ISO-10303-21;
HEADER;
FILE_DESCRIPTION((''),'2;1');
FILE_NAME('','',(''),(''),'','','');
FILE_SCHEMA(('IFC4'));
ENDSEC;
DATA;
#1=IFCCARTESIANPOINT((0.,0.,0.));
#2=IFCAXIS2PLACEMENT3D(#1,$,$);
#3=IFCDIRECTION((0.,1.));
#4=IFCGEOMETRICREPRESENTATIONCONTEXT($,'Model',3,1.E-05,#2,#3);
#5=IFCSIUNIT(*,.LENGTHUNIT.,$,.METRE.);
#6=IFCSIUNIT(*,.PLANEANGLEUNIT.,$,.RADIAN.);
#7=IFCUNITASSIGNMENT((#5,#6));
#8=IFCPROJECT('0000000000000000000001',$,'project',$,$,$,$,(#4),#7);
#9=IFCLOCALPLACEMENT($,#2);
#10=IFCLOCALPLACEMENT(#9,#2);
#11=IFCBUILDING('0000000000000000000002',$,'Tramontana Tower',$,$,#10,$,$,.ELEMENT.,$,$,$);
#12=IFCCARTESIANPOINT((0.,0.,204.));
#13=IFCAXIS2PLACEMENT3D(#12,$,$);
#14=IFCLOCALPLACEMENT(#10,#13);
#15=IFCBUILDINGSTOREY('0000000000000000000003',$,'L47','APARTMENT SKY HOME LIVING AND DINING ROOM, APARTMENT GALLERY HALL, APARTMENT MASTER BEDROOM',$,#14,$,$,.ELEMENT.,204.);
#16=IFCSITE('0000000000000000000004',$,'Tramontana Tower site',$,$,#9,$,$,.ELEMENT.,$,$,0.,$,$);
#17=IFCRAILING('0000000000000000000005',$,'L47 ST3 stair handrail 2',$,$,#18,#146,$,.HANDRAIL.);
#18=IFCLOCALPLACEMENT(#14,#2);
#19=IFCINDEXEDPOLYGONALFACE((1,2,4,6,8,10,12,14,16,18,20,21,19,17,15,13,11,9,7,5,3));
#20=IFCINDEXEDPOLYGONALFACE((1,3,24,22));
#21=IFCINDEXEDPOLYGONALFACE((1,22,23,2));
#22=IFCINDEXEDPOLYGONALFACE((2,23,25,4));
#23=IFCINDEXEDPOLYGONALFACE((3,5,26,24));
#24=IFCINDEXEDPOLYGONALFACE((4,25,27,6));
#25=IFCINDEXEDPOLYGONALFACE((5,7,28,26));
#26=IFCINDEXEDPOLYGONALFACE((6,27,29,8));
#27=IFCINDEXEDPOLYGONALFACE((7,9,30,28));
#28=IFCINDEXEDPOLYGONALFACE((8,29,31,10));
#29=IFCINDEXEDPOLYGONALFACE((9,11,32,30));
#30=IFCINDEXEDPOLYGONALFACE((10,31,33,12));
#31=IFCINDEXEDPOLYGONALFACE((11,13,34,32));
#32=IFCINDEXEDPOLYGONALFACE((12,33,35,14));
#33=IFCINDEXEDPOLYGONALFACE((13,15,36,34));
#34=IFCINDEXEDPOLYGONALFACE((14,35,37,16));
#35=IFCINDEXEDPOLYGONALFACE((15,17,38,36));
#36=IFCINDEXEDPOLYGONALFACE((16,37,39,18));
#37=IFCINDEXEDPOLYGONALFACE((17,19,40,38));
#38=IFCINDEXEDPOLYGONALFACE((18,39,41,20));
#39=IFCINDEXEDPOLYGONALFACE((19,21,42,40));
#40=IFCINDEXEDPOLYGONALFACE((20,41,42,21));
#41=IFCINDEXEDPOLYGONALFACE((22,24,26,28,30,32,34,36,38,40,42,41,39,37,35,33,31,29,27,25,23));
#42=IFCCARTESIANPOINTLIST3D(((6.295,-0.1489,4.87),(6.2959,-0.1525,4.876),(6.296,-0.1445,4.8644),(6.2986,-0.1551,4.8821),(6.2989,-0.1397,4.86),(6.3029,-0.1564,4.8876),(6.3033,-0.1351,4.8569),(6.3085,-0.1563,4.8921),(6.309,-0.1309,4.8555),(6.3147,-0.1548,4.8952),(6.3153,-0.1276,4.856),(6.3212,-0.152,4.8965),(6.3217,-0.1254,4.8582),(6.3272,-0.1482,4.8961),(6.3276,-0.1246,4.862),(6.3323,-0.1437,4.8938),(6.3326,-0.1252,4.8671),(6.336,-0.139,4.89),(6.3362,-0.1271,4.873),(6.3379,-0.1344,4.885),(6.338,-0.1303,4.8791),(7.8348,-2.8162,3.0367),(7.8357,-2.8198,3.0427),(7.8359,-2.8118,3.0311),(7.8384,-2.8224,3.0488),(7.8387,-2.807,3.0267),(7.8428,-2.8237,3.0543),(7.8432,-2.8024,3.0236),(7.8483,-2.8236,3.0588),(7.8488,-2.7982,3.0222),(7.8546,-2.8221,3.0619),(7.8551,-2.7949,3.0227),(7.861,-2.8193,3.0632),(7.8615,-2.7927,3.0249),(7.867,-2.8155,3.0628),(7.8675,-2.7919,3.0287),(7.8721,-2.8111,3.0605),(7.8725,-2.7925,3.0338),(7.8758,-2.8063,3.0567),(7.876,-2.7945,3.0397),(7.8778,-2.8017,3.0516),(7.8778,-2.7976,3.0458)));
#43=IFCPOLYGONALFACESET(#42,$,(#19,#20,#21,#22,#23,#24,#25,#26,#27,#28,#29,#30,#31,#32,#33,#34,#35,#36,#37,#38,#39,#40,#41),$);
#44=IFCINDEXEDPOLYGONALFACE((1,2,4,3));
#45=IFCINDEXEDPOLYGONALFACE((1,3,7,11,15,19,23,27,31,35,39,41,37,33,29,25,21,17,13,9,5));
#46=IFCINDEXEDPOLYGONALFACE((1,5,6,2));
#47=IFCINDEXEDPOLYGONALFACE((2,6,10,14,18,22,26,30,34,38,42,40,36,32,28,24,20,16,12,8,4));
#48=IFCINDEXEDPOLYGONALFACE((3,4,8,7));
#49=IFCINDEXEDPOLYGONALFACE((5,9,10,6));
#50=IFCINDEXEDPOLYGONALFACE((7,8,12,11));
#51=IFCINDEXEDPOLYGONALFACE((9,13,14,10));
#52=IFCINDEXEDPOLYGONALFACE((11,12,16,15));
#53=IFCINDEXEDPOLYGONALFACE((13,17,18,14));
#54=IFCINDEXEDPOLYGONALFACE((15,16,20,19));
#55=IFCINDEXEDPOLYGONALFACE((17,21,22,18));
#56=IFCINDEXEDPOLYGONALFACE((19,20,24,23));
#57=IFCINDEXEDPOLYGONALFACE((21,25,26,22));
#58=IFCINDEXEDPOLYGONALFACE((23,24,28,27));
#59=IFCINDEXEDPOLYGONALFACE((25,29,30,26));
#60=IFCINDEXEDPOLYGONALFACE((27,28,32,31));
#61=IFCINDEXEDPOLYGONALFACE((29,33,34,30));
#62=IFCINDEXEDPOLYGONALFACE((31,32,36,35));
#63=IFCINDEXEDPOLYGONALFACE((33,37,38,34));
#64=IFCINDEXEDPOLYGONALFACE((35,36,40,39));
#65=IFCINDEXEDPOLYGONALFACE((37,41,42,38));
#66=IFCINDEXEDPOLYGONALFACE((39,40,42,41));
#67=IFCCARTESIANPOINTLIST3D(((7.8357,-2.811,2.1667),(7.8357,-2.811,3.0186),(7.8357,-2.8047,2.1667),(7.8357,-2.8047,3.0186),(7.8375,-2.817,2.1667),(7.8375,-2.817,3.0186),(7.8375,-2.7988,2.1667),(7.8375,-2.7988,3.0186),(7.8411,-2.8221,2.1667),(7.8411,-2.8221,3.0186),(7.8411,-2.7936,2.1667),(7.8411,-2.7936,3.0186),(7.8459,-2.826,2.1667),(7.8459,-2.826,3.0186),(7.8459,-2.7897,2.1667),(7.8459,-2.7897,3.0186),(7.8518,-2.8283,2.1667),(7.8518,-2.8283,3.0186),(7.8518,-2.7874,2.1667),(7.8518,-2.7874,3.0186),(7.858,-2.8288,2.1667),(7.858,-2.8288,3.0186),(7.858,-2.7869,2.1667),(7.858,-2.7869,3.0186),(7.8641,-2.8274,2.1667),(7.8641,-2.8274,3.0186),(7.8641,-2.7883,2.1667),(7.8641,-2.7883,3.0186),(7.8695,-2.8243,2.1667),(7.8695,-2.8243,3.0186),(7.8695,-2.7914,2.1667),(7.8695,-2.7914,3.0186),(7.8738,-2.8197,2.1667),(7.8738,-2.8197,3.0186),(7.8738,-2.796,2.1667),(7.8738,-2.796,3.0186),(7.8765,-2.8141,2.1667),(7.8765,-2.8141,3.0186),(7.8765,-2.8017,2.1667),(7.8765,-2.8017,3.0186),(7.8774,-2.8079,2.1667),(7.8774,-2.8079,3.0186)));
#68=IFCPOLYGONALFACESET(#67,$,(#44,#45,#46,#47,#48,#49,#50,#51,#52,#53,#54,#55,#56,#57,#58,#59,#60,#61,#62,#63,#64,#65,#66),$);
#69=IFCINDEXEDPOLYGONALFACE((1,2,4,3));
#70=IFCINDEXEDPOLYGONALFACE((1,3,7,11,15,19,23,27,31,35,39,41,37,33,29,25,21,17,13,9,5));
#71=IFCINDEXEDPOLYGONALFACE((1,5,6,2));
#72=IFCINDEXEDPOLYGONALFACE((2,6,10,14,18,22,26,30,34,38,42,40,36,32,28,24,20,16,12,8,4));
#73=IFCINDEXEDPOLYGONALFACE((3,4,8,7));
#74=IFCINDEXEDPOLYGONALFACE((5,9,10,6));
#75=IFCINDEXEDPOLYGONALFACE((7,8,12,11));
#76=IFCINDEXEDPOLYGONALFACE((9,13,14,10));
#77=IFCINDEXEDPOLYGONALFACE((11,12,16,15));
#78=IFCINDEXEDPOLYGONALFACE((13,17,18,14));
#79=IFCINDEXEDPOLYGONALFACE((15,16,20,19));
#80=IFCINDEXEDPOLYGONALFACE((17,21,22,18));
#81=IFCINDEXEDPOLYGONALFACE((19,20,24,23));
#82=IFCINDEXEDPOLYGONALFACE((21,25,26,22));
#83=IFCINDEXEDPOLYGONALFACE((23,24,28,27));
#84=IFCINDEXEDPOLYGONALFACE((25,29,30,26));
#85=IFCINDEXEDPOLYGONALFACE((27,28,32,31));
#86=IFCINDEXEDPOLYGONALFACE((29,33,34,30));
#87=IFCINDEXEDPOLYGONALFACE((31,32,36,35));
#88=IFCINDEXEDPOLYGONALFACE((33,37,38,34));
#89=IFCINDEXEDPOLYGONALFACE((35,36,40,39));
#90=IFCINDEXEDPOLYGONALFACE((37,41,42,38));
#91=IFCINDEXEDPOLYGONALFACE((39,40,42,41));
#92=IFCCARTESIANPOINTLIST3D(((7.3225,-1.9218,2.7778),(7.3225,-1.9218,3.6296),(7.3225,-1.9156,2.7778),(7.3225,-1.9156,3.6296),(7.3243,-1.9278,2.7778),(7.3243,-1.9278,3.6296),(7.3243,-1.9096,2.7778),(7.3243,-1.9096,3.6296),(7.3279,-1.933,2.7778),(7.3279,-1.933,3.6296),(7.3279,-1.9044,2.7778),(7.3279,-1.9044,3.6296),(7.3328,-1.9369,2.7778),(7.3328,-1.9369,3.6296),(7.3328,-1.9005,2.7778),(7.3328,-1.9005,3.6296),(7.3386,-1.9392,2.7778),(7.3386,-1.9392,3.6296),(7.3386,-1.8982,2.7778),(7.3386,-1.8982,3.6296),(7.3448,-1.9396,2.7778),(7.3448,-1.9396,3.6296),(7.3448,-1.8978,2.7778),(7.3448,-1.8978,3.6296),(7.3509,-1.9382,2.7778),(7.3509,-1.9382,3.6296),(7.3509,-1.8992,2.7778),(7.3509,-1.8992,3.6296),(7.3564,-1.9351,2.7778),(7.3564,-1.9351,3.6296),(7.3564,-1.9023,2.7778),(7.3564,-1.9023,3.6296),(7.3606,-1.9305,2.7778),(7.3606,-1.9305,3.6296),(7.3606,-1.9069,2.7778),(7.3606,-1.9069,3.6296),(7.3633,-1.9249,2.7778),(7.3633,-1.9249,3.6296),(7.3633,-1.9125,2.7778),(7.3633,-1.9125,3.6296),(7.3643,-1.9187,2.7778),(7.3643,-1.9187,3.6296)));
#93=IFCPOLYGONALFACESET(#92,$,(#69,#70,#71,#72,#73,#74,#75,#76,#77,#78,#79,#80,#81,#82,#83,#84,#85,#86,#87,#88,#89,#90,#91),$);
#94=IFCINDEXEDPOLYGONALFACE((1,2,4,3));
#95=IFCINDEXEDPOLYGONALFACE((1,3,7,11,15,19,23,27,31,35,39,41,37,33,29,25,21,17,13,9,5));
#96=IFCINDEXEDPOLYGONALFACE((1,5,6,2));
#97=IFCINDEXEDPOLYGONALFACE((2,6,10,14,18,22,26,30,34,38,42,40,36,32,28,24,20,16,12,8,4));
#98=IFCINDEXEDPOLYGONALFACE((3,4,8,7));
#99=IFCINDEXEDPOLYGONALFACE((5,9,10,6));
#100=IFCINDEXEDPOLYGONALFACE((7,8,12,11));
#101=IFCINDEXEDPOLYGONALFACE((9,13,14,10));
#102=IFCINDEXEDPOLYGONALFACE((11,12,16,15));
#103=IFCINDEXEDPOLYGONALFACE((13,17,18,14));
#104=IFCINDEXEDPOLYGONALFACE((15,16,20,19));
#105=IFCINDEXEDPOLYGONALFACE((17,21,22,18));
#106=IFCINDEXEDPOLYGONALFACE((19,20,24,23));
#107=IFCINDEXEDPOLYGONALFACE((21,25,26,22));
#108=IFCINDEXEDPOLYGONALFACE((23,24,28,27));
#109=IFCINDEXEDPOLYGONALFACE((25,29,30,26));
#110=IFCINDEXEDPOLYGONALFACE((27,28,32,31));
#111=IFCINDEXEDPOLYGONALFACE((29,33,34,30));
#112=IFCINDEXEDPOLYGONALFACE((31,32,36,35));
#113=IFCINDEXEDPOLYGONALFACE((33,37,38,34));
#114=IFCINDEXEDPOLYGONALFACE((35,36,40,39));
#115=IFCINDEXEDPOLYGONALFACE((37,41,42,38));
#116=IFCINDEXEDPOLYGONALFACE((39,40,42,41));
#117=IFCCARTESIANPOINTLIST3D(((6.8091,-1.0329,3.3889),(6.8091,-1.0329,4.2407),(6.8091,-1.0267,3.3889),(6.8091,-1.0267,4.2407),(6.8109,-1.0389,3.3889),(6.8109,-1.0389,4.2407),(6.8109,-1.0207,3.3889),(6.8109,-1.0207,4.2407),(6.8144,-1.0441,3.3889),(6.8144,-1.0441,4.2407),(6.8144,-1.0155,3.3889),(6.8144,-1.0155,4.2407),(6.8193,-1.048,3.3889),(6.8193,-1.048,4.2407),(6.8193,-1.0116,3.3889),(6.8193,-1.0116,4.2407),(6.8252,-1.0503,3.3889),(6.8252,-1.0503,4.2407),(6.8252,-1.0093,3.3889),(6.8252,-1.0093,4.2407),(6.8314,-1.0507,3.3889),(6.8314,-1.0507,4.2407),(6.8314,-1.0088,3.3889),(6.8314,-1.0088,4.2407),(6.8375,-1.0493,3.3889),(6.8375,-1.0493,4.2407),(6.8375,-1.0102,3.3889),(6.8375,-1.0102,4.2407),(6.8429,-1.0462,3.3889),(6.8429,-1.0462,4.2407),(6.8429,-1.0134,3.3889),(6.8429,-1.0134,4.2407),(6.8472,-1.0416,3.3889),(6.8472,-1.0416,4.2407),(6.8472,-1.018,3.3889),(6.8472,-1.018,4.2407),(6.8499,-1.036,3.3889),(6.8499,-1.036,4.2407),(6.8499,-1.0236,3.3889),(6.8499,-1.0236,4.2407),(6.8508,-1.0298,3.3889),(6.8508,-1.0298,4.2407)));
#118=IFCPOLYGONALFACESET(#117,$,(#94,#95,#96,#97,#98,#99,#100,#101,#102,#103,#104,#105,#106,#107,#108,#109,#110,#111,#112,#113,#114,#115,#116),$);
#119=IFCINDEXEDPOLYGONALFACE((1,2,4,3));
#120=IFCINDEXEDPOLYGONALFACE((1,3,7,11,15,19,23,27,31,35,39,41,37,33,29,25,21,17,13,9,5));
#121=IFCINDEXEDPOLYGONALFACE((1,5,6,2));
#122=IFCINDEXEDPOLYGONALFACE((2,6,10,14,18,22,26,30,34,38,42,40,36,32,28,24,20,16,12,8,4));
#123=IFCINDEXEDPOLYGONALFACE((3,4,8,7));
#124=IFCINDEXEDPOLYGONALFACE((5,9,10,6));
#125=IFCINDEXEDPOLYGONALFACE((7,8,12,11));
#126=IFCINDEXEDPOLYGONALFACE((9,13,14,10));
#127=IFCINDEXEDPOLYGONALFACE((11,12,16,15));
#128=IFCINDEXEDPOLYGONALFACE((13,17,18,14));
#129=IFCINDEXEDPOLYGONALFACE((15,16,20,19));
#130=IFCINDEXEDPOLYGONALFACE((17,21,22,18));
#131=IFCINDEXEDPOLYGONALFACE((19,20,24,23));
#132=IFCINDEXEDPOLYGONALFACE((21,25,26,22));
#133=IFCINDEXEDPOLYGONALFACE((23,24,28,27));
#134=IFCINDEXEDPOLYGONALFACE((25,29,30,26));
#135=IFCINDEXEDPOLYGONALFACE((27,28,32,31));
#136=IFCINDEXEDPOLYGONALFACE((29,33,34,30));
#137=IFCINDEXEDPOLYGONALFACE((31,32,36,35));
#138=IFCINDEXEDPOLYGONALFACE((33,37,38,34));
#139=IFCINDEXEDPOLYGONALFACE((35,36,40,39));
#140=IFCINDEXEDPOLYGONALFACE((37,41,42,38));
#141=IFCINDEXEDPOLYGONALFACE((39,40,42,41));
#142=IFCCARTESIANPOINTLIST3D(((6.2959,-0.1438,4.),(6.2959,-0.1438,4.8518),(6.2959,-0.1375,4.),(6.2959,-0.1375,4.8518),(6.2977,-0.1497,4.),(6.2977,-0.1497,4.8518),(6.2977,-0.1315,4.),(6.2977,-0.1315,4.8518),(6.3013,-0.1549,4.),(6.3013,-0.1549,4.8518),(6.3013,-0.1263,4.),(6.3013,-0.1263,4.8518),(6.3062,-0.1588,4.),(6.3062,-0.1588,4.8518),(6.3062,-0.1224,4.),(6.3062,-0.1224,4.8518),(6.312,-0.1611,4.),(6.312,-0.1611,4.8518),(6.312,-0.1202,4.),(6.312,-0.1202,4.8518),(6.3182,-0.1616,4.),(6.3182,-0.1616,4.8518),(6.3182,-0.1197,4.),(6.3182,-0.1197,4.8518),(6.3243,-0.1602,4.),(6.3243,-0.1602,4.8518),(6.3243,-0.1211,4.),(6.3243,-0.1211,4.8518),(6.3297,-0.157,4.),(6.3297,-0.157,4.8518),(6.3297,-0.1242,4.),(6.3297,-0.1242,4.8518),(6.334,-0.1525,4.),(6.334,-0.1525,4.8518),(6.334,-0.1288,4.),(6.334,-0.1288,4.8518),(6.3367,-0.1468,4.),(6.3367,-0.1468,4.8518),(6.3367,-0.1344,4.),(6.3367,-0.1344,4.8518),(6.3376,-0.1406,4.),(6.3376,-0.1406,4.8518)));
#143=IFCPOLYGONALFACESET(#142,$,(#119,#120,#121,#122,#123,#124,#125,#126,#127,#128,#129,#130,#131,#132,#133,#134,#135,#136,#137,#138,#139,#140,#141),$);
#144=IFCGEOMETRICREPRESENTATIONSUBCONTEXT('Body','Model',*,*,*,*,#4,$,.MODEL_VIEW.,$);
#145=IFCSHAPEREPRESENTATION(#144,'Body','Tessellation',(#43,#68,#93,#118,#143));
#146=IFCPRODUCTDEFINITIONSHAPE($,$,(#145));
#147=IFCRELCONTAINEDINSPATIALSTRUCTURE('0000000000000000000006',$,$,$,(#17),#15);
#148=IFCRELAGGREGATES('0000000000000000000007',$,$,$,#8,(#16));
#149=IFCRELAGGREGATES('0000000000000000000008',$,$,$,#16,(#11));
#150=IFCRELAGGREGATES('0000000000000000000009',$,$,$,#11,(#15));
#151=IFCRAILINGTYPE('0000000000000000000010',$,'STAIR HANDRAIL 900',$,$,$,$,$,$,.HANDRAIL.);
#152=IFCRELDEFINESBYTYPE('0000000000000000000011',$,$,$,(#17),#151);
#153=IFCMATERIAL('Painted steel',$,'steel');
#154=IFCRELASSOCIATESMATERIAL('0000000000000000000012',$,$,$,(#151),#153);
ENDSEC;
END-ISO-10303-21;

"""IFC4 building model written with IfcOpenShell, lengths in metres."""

from ifc_helpers import new_model, si_unit, direction, frame, origin, origin_2d, place, context, subcontext, project, spatial, circle, extrude, material, type_object, element, save


model = new_model("IFC4")

# Units and contexts
model_context = context("Model", 3, precision=1e-05, world=origin(), true_north=direction((0.0, 1.0)))
body_context = subcontext(model_context, "Body", "Model", "MODEL_VIEW")
ifc_project = project(units=[si_unit("LENGTHUNIT", "METRE"), si_unit("PLANEANGLEUNIT", "RADIAN")], contexts=[model_context])

# Site, building, storey
site_placement = place(None, origin())
site = spatial("IfcSite", under=ifc_project, at=site_placement, Name="Tramontana Tower site", CompositionType="ELEMENT", RefElevation=0.0)
building_placement = place(site_placement, origin())
building = spatial("IfcBuilding", under=site, at=building_placement, Name="Tramontana Tower", CompositionType="ELEMENT")
storey_placement = place(building_placement, frame((0.0, 0.0, 204.0)))
storey = spatial("IfcBuildingStorey", under=building, at=storey_placement, Name="L47", Description="APARTMENT SKY HOME LIVING AND DINING ROOM, APARTMENT GALLERY HALL, APARTMENT MASTER BEDROOM", CompositionType="ELEMENT", Elevation=204.0)

# Railing
ifc_material_1 = material(Name="Painted steel", Category="steel")
railing_type = type_object("IfcRailingType", Name="STAIR HANDRAIL 900", PredefinedType="HANDRAIL", material=ifc_material_1)
railing_placement = place(storey_placement, frame((7.8564, -2.8079, 2.1667)))
element("IfcRailing", 1, at=railing_placement, inside=storey, type_object=railing_type, Name="L47 ST3 stair handrail 2", PredefinedType="HANDRAIL", context=body_context, shape_type="SweptSolid", body=[
    extrude(circle(Radius=0.0239, at=origin_2d()), frame((0.0, 0.0, 0.876), z_axis=(-0.429616, 0.744181, 0.511493), x_axis=(-0.866044, -0.499967, 0.0)), (0.0, 0.0, 1.0), 3.5842),
    extrude(circle(Radius=0.021, at=origin_2d()), origin(), (0.0, 0.0, 1.0), 0.8518),
    extrude(circle(Radius=0.021, at=origin_2d()), frame((-0.5132, 0.8892, 0.6111)), (0.0, 0.0, 1.0), 0.8518),
    extrude(circle(Radius=0.021, at=origin_2d()), frame((-1.0266, 1.7781, 1.2222)), (0.0, 0.0, 1.0), 0.8518),
    extrude(circle(Radius=0.021, at=origin_2d()), frame((-1.5398, 2.6672, 1.8333)), (0.0, 0.0, 1.0), 0.8518),
])

save(model, "model.ifc")
